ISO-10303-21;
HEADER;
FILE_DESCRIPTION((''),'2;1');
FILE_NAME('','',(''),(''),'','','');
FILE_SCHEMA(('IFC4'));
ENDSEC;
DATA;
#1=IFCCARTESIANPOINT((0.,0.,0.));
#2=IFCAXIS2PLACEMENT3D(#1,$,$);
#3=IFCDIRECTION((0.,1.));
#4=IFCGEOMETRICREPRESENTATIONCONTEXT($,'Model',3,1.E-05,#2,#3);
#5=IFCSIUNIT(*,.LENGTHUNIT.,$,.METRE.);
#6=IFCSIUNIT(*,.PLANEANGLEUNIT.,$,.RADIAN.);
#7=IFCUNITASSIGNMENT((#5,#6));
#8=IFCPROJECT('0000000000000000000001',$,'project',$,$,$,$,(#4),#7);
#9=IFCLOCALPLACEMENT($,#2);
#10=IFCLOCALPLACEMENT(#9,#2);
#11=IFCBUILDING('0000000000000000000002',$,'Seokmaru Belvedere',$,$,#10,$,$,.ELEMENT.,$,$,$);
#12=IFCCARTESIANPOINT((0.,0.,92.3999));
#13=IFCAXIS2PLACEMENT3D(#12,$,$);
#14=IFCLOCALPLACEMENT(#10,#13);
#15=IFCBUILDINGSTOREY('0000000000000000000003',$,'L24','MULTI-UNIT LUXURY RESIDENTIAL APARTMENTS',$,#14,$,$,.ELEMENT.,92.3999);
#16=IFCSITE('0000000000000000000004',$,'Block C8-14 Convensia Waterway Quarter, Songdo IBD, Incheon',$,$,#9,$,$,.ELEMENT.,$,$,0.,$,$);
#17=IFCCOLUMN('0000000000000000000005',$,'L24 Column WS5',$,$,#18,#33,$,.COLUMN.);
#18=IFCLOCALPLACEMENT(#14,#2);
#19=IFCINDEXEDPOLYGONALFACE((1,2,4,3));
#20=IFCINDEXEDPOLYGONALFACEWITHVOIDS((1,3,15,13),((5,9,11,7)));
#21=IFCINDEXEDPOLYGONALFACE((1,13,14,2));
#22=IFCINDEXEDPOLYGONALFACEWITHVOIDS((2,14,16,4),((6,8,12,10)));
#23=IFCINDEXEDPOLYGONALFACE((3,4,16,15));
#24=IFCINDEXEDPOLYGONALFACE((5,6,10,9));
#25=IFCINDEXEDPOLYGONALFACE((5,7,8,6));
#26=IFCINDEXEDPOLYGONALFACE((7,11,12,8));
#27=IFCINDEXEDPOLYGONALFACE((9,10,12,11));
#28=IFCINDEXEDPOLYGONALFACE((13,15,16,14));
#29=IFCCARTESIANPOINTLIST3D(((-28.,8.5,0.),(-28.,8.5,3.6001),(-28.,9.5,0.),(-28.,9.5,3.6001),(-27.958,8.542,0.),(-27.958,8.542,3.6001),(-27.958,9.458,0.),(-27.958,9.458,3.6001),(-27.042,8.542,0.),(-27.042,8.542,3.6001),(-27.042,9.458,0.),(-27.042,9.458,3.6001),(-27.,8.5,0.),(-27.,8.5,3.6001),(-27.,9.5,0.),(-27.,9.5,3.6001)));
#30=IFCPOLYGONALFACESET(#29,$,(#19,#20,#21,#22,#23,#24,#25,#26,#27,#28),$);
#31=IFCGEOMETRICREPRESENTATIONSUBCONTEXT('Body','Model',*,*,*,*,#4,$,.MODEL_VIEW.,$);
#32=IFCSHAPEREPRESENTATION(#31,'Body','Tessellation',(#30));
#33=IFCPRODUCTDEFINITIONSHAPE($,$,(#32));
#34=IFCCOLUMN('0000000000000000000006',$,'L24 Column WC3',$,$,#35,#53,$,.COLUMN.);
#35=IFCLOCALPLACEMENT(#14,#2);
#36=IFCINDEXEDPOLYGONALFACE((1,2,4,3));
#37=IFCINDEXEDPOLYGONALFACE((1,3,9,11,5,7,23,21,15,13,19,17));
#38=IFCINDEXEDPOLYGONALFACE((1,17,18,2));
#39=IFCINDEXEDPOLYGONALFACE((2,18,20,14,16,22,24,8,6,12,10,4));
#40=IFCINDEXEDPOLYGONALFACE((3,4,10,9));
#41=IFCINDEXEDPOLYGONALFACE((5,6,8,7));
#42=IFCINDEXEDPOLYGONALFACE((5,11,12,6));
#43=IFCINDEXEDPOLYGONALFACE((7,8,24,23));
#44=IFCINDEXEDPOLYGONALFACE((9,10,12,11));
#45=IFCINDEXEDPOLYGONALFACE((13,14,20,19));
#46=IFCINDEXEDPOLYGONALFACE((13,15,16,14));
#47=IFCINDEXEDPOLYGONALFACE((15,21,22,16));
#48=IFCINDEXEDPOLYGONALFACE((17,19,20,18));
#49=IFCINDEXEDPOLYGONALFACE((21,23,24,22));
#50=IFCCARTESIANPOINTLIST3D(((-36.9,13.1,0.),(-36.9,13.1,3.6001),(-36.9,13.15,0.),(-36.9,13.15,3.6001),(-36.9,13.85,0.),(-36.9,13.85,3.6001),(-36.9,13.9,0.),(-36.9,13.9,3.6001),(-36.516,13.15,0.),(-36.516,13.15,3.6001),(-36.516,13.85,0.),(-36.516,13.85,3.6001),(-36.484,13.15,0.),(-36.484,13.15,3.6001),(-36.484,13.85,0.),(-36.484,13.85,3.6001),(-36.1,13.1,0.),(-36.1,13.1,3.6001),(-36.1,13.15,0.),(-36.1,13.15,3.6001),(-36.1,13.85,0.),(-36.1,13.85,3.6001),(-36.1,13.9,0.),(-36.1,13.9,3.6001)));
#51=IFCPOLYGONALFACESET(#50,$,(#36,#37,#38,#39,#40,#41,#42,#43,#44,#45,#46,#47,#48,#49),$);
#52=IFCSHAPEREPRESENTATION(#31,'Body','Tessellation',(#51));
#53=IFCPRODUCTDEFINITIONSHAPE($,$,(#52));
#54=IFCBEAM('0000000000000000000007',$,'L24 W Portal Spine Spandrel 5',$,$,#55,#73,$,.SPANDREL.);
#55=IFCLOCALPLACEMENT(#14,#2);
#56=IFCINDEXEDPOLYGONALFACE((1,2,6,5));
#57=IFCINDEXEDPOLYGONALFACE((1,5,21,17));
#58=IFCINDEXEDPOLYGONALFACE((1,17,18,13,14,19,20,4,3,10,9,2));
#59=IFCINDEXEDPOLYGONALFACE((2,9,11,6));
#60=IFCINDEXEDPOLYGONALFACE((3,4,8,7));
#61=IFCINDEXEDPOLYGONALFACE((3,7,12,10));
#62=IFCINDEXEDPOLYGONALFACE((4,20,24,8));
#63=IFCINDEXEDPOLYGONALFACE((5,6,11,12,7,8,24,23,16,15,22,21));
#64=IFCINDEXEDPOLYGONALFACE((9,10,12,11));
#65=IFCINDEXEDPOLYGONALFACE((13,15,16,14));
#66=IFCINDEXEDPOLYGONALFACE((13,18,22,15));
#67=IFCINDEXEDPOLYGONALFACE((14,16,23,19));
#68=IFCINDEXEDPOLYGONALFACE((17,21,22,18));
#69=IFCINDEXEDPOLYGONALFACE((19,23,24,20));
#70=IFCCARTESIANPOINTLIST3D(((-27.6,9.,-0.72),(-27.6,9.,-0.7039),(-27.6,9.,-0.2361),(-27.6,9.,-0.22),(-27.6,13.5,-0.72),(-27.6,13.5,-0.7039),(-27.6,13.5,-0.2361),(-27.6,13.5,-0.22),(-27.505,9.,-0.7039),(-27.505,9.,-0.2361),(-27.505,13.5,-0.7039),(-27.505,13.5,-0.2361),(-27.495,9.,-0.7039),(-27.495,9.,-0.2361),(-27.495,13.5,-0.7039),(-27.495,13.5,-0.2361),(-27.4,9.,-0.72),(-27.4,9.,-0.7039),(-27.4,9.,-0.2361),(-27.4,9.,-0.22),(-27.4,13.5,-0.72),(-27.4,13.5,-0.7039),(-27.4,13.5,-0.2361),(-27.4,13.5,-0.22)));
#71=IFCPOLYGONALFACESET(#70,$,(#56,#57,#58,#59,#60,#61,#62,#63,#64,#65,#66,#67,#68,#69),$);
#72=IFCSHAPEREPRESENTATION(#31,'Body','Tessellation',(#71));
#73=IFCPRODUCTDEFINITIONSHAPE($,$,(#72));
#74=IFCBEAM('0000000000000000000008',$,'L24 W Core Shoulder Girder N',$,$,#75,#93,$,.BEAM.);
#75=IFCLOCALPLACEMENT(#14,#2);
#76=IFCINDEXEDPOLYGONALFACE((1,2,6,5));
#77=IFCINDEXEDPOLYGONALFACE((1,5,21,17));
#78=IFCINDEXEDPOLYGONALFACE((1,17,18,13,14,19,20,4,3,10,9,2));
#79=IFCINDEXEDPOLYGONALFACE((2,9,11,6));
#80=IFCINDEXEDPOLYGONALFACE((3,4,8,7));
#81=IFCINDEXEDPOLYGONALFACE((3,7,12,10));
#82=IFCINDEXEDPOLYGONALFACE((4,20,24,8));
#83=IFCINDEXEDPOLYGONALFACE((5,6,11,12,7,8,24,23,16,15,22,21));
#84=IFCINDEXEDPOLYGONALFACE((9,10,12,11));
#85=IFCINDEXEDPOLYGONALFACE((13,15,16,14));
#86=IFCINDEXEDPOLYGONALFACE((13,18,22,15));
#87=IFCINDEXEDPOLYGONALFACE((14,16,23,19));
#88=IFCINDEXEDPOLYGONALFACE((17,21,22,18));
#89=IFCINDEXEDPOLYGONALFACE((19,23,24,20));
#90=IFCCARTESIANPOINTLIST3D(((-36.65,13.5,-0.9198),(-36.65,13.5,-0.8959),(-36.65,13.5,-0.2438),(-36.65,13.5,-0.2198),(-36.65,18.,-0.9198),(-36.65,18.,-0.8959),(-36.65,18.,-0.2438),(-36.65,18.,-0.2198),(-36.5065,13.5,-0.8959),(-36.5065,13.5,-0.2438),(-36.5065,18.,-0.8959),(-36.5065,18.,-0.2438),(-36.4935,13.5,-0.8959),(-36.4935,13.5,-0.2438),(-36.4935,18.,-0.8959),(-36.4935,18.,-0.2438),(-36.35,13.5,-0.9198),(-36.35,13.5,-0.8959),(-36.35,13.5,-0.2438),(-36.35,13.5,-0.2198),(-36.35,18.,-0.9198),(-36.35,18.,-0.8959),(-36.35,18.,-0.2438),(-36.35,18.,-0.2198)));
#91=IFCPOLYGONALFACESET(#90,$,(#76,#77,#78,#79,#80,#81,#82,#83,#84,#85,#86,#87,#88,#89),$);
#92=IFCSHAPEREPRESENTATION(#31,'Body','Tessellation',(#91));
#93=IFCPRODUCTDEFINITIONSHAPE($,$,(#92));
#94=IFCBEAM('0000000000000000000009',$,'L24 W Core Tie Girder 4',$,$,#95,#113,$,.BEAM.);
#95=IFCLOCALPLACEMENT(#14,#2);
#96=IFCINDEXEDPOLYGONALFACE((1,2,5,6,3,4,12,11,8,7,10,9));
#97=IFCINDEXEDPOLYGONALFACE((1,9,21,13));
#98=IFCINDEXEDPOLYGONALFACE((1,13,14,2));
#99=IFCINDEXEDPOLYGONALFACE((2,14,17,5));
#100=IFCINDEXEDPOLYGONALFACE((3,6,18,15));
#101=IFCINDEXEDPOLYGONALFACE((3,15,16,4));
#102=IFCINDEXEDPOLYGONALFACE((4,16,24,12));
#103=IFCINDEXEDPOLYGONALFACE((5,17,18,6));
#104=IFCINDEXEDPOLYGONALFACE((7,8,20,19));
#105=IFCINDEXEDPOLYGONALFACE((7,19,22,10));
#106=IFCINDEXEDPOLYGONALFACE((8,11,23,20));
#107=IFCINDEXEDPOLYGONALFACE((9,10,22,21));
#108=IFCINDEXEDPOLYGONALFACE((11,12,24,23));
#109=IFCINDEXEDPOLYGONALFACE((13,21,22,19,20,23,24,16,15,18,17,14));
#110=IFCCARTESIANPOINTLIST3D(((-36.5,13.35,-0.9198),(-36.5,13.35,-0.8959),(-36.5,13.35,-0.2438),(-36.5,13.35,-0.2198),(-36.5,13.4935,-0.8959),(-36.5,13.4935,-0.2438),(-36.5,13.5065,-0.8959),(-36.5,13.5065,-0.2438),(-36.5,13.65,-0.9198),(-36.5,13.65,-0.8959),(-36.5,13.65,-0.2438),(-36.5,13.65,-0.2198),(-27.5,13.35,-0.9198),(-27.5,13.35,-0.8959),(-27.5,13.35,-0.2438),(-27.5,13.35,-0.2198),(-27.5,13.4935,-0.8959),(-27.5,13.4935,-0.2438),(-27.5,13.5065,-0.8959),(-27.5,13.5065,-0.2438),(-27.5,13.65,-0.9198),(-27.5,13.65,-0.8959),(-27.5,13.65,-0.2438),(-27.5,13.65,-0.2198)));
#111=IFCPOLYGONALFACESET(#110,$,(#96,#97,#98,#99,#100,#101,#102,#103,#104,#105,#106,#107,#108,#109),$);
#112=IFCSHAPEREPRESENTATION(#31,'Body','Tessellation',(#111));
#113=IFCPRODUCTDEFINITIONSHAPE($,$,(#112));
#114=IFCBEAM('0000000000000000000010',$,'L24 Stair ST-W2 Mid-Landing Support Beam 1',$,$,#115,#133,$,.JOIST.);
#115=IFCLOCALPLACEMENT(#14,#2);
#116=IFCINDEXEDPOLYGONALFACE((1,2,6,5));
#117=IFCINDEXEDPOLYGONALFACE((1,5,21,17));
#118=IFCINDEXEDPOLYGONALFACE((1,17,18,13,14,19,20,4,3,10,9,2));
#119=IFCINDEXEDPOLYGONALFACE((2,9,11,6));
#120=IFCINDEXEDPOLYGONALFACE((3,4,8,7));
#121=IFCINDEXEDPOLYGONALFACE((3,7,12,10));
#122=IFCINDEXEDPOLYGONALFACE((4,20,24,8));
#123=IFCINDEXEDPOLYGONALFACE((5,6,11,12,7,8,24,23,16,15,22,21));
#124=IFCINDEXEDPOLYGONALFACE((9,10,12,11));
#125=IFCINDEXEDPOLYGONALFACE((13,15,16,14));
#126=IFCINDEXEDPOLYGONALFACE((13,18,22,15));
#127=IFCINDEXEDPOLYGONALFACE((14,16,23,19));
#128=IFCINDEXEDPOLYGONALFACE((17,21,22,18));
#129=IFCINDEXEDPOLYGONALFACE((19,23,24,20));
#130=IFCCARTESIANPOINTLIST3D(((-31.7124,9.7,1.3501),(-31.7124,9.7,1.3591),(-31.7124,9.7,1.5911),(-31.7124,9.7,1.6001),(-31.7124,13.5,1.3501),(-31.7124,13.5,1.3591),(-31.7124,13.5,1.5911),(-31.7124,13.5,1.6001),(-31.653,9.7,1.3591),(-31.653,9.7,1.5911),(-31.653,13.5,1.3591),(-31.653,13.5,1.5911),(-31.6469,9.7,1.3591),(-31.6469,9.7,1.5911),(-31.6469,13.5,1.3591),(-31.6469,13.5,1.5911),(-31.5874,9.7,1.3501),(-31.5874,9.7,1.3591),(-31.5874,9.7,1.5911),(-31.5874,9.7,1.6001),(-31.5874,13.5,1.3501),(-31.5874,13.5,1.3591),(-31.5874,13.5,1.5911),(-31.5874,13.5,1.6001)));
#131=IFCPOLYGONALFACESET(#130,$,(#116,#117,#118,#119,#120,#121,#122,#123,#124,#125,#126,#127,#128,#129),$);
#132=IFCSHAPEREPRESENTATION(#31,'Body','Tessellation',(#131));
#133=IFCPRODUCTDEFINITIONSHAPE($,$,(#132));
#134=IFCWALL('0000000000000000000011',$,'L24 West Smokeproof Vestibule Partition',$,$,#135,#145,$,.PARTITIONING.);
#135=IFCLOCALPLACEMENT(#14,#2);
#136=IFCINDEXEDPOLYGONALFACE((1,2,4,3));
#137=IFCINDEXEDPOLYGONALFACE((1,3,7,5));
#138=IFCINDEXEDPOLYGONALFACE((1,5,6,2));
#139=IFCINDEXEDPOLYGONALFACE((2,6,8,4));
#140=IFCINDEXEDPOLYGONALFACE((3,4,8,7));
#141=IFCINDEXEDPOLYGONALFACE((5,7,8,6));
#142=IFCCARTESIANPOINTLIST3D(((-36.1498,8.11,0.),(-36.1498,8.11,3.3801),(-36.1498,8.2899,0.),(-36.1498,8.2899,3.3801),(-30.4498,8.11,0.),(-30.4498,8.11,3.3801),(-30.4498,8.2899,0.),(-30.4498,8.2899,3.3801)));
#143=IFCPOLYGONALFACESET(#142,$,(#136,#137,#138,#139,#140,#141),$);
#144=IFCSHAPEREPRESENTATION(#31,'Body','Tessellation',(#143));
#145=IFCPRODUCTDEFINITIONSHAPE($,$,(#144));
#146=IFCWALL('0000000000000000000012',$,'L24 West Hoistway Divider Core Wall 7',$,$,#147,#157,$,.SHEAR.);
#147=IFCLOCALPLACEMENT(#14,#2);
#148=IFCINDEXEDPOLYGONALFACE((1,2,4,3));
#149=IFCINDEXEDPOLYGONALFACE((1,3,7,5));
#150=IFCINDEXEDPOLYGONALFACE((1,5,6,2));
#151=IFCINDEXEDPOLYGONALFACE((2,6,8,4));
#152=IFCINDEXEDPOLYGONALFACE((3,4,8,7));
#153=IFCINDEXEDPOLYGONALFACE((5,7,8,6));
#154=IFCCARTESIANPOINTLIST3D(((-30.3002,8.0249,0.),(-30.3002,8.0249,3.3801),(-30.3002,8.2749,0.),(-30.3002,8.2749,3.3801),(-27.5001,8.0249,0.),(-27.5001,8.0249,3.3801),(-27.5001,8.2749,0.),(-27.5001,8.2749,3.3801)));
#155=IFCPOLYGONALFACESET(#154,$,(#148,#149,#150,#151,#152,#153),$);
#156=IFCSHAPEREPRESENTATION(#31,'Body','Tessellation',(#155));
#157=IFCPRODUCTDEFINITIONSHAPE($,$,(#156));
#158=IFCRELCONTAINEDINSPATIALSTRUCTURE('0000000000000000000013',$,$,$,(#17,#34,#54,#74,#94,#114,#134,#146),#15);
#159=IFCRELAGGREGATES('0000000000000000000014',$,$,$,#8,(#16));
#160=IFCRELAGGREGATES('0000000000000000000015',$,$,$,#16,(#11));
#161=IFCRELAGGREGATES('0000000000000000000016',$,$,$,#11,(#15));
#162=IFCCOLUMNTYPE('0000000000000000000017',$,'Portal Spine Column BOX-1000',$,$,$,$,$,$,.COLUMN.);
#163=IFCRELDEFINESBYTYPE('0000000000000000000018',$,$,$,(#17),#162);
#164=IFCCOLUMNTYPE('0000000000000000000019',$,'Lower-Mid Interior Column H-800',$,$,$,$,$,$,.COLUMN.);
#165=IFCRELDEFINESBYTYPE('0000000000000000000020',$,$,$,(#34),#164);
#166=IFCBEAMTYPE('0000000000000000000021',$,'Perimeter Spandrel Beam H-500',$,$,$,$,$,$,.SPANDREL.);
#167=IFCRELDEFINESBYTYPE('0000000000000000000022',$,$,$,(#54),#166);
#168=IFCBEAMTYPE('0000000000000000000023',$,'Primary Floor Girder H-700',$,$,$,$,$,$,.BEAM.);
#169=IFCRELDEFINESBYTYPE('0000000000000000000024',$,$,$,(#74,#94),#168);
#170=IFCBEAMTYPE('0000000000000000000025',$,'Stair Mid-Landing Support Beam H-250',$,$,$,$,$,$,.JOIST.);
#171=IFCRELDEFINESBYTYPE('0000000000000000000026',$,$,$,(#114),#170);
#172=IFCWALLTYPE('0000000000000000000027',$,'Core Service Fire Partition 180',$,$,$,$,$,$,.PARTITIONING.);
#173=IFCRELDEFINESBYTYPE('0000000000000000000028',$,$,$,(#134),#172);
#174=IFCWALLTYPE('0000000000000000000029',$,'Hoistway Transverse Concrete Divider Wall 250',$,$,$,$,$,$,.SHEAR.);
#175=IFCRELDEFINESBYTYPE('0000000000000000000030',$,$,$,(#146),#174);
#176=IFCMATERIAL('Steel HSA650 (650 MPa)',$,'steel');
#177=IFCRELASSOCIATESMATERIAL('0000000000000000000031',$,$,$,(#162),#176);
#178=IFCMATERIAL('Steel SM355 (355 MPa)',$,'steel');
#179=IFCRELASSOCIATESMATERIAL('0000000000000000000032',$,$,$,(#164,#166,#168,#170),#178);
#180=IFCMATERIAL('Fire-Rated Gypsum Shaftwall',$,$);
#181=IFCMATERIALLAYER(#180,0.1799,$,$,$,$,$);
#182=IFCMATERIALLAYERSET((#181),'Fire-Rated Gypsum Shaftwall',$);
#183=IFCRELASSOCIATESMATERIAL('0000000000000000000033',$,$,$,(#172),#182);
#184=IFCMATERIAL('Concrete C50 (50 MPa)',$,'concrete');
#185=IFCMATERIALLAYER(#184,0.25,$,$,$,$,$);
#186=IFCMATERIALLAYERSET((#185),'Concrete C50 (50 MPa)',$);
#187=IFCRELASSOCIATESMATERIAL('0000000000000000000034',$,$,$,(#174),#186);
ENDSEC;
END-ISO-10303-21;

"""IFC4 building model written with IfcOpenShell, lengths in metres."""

from ifc_helpers import new_model, si_unit, direction, frame, frame_2d, origin, origin_2d, place, context, subcontext, project, spatial, rectangle, hollow_rectangle, i_section, extrude, source, transform, mapped, material, layer, layer_set, material_profile, profile_set, type_object, type_shapes, element, save


model = new_model("IFC4")

# Units and contexts
model_context = context("Model", 3, precision=1e-05, world=origin(), true_north=direction((0.0, 1.0)))
body_context = subcontext(model_context, "Body", "Model", "MODEL_VIEW")
ifc_project = project(units=[si_unit("LENGTHUNIT", "METRE"), si_unit("PLANEANGLEUNIT", "RADIAN")], contexts=[model_context])

# Site, building, storey
site_placement = place(None, origin())
site = spatial("IfcSite", under=ifc_project, at=site_placement, Name="Block C8-14 Convensia Waterway Quarter, Songdo IBD, Incheon", CompositionType="ELEMENT", RefElevation=0.0)
building_placement = place(site_placement, origin())
building = spatial("IfcBuilding", under=site, at=building_placement, Name="Seokmaru Belvedere", CompositionType="ELEMENT")
storey_placement = place(building_placement, frame((0.0, 0.0, 92.3999)))
storey = spatial("IfcBuildingStorey", under=building, at=storey_placement, Name="L24", Description="MULTI-UNIT LUXURY RESIDENTIAL APARTMENTS", CompositionType="ELEMENT", Elevation=92.3999)

# Columns
ifc_material_1 = material(Name="Steel HSA650 (650 MPa)", Category="steel")
ifc_material_profile_1 = material_profile(ifc_material_1, hollow_rectangle(XDim=1.0, YDim=1.0, WallThickness=0.042, at=origin_2d()), Name="BOX-1000x1000x42")
ifc_profile_set_1 = profile_set([ifc_material_profile_1], Name="Steel HSA650 (650 MPa)")
column_type_1 = type_object("IfcColumnType", Name="Portal Spine Column BOX-1000", PredefinedType="COLUMN", material=ifc_profile_set_1)
shared_shape_1 = source(origin(), body_context, "Body", "SweptSolid", [
    extrude(hollow_rectangle(XDim=1.0, YDim=1.0, WallThickness=0.042, at=origin_2d()), origin(), (0.0, 0.0, 1.0), 3.6001),
])
type_shapes(column_type_1, [shared_shape_1])
column_1_placement = place(storey_placement, frame((-27.5, 9.0, 0.0), z_axis=(0.0, 0.0, 1.0), x_axis=(1.0, 0.0, 0.0)))
element("IfcColumn", 1, at=column_1_placement, inside=storey, type_object=column_type_1, Name="L24 Column WS5", PredefinedType="COLUMN", context=body_context, shape_type="MappedRepresentation", body=[
    mapped(shared_shape_1, transform((0.0, 0.0, 0.0), scale=1.0)),
])
ifc_material_2 = material(Name="Steel SM355 (355 MPa)", Category="steel")
ifc_material_profile_2 = material_profile(ifc_material_2, i_section(OverallWidth=0.8, OverallDepth=0.8, WebThickness=0.032, FlangeThickness=0.05, at=origin_2d()), Name="H-800x800x32x50")
ifc_profile_set_2 = profile_set([ifc_material_profile_2], Name="Steel SM355 (355 MPa)")
column_type_2 = type_object("IfcColumnType", Name="Lower-Mid Interior Column H-800", PredefinedType="COLUMN", material=ifc_profile_set_2)
shared_shape_2 = source(origin(), body_context, "Body", "SweptSolid", [
    extrude(i_section(OverallWidth=0.8, OverallDepth=0.8, WebThickness=0.032, FlangeThickness=0.05, at=origin_2d()), origin(), (0.0, 0.0, 1.0), 3.6001),
])
type_shapes(column_type_2, [shared_shape_2])
column_2_placement = place(storey_placement, frame((-36.5, 13.5, 0.0), z_axis=(0.0, 0.0, 1.0), x_axis=(1.0, 0.0, 0.0)))
element("IfcColumn", 2, at=column_2_placement, inside=storey, type_object=column_type_2, Name="L24 Column WC3", PredefinedType="COLUMN", context=body_context, shape_type="MappedRepresentation", body=[
    mapped(shared_shape_2, transform((0.0, 0.0, 0.0), scale=1.0)),
])

# Beams
ifc_material_profile_3 = material_profile(ifc_material_2, i_section(OverallWidth=0.2, OverallDepth=0.5, WebThickness=0.01, FlangeThickness=0.0161, at=origin_2d()), Name="H-500x200x10x16")
ifc_profile_set_3 = profile_set([ifc_material_profile_3], Name="Steel SM355 (355 MPa)")
beam_type_1 = type_object("IfcBeamType", Name="Perimeter Spandrel Beam H-500", PredefinedType="SPANDREL", material=ifc_profile_set_3)
shared_shape_3 = source(origin(), body_context, "Body", "SweptSolid", [
    extrude(i_section(OverallWidth=0.2, OverallDepth=0.5, WebThickness=0.01, FlangeThickness=0.0161, at=origin_2d()), origin(), (0.0, 0.0, 1.0), 4.5),
])
type_shapes(beam_type_1, [shared_shape_3])
beam_1_placement = place(storey_placement, frame((-27.5, 9.0, -0.47), z_axis=(0.0, 1.0, 0.0), x_axis=(-1.0, 0.0, 0.0)))
element("IfcBeam", 3, at=beam_1_placement, inside=storey, type_object=beam_type_1, Name="L24 W Portal Spine Spandrel 5", PredefinedType="SPANDREL", context=body_context, shape_type="MappedRepresentation", body=[
    mapped(shared_shape_3, transform((0.0, 0.0, 0.0), scale=1.0)),
])
ifc_material_profile_4 = material_profile(ifc_material_2, i_section(OverallWidth=0.3, OverallDepth=0.7, WebThickness=0.0129, FlangeThickness=0.0239, at=origin_2d()), Name="H-700x300x13x24")
ifc_profile_set_4 = profile_set([ifc_material_profile_4], Name="Steel SM355 (355 MPa)")
beam_type_2 = type_object("IfcBeamType", Name="Primary Floor Girder H-700", PredefinedType="BEAM", material=ifc_profile_set_4)
shared_shape_4 = source(origin(), body_context, "Body", "SweptSolid", [
    extrude(i_section(OverallWidth=0.3, OverallDepth=0.7, WebThickness=0.0129, FlangeThickness=0.0239, at=origin_2d()), origin(), (0.0, 0.0, 1.0), 4.5),
])
beam_2_placement = place(storey_placement, frame((-36.5, 13.5, -0.5698), z_axis=(0.0, 1.0, 0.0), x_axis=(-1.0, 0.0, 0.0)))
element("IfcBeam", 4, at=beam_2_placement, inside=storey, type_object=beam_type_2, Name="L24 W Core Shoulder Girder N", PredefinedType="BEAM", context=body_context, shape_type="MappedRepresentation", body=[
    mapped(shared_shape_4, transform((0.0, 0.0, 0.0), scale=1.0)),
])
shared_shape_5 = source(origin(), body_context, "Body", "SweptSolid", [
    extrude(i_section(OverallWidth=0.3, OverallDepth=0.7, WebThickness=0.0129, FlangeThickness=0.0239, at=origin_2d()), origin(), (0.0, 0.0, 1.0), 9.0),
])
type_shapes(beam_type_2, [shared_shape_4, shared_shape_5])
beam_3_placement = place(storey_placement, frame((-36.5, 13.5, -0.5698), z_axis=(1.0, 0.0, 0.0), x_axis=(0.0, 1.0, 0.0)))
element("IfcBeam", 5, at=beam_3_placement, inside=storey, type_object=beam_type_2, Name="L24 W Core Tie Girder 4", PredefinedType="BEAM", context=body_context, shape_type="MappedRepresentation", body=[
    mapped(shared_shape_5, transform((0.0, 0.0, 0.0), scale=1.0)),
])
ifc_material_profile_5 = material_profile(ifc_material_2, i_section(OverallWidth=0.125, OverallDepth=0.25, WebThickness=0.0061, FlangeThickness=0.009, at=origin_2d()), Name="H-250x125x6x9")
ifc_profile_set_5 = profile_set([ifc_material_profile_5], Name="Steel SM355 (355 MPa)")
beam_type_3 = type_object("IfcBeamType", Name="Stair Mid-Landing Support Beam H-250", PredefinedType="JOIST", material=ifc_profile_set_5)
shared_shape_6 = source(origin(), body_context, "Body", "SweptSolid", [
    extrude(i_section(OverallWidth=0.125, OverallDepth=0.25, WebThickness=0.0061, FlangeThickness=0.009, at=origin_2d()), origin(), (0.0, 0.0, 1.0), 3.8),
])
type_shapes(beam_type_3, [shared_shape_6])
beam_4_placement = place(storey_placement, frame((-31.6499, 9.7, 1.4751), z_axis=(0.0, 1.0, 0.0), x_axis=(-1.0, 0.0, 0.0)))
element("IfcBeam", 6, at=beam_4_placement, inside=storey, type_object=beam_type_3, Name="L24 Stair ST-W2 Mid-Landing Support Beam 1", PredefinedType="JOIST", context=body_context, shape_type="MappedRepresentation", body=[
    mapped(shared_shape_6, transform((0.0, 0.0, 0.0), scale=1.0)),
])

# Walls
ifc_material_3 = material(Name="Fire-Rated Gypsum Shaftwall")
ifc_layer_1 = layer(ifc_material_3, 0.1799)
ifc_layer_set_1 = layer_set([ifc_layer_1], Name="Fire-Rated Gypsum Shaftwall")
wall_type_1 = type_object("IfcWallType", Name="Core Service Fire Partition 180", PredefinedType="PARTITIONING", material=ifc_layer_set_1)
wall_1_placement = place(storey_placement, frame((-36.1499, 8.2, 0.0), z_axis=(0.0, 0.0, 1.0), x_axis=(1.0, 0.0, 0.0)))
element("IfcWall", 7, at=wall_1_placement, inside=storey, type_object=wall_type_1, Name="L24 West Smokeproof Vestibule Partition", PredefinedType="PARTITIONING", context=body_context, shape_type="SweptSolid", body=[
    extrude(rectangle(XDim=5.7, YDim=0.1799, at=frame_2d((2.8501, 0.0))), origin(), (0.0, 0.0, 1.0), 3.3801),
])
ifc_material_4 = material(Name="Concrete C50 (50 MPa)", Category="concrete")
ifc_layer_2 = layer(ifc_material_4, 0.25)
ifc_layer_set_2 = layer_set([ifc_layer_2], Name="Concrete C50 (50 MPa)")
wall_type_2 = type_object("IfcWallType", Name="Hoistway Transverse Concrete Divider Wall 250", PredefinedType="SHEAR", material=ifc_layer_set_2)
wall_2_placement = place(storey_placement, frame((-30.3, 8.1499, 0.0), z_axis=(0.0, 0.0, 1.0), x_axis=(1.0, 0.0, 0.0)))
element("IfcWall", 8, at=wall_2_placement, inside=storey, type_object=wall_type_2, Name="L24 West Hoistway Divider Core Wall 7", PredefinedType="SHEAR", context=body_context, shape_type="SweptSolid", body=[
    extrude(rectangle(XDim=2.8, YDim=0.25, at=frame_2d((1.3999, 0.0))), origin(), (0.0, 0.0, 1.0), 3.3801),
])

save(model, "model.ifc")
